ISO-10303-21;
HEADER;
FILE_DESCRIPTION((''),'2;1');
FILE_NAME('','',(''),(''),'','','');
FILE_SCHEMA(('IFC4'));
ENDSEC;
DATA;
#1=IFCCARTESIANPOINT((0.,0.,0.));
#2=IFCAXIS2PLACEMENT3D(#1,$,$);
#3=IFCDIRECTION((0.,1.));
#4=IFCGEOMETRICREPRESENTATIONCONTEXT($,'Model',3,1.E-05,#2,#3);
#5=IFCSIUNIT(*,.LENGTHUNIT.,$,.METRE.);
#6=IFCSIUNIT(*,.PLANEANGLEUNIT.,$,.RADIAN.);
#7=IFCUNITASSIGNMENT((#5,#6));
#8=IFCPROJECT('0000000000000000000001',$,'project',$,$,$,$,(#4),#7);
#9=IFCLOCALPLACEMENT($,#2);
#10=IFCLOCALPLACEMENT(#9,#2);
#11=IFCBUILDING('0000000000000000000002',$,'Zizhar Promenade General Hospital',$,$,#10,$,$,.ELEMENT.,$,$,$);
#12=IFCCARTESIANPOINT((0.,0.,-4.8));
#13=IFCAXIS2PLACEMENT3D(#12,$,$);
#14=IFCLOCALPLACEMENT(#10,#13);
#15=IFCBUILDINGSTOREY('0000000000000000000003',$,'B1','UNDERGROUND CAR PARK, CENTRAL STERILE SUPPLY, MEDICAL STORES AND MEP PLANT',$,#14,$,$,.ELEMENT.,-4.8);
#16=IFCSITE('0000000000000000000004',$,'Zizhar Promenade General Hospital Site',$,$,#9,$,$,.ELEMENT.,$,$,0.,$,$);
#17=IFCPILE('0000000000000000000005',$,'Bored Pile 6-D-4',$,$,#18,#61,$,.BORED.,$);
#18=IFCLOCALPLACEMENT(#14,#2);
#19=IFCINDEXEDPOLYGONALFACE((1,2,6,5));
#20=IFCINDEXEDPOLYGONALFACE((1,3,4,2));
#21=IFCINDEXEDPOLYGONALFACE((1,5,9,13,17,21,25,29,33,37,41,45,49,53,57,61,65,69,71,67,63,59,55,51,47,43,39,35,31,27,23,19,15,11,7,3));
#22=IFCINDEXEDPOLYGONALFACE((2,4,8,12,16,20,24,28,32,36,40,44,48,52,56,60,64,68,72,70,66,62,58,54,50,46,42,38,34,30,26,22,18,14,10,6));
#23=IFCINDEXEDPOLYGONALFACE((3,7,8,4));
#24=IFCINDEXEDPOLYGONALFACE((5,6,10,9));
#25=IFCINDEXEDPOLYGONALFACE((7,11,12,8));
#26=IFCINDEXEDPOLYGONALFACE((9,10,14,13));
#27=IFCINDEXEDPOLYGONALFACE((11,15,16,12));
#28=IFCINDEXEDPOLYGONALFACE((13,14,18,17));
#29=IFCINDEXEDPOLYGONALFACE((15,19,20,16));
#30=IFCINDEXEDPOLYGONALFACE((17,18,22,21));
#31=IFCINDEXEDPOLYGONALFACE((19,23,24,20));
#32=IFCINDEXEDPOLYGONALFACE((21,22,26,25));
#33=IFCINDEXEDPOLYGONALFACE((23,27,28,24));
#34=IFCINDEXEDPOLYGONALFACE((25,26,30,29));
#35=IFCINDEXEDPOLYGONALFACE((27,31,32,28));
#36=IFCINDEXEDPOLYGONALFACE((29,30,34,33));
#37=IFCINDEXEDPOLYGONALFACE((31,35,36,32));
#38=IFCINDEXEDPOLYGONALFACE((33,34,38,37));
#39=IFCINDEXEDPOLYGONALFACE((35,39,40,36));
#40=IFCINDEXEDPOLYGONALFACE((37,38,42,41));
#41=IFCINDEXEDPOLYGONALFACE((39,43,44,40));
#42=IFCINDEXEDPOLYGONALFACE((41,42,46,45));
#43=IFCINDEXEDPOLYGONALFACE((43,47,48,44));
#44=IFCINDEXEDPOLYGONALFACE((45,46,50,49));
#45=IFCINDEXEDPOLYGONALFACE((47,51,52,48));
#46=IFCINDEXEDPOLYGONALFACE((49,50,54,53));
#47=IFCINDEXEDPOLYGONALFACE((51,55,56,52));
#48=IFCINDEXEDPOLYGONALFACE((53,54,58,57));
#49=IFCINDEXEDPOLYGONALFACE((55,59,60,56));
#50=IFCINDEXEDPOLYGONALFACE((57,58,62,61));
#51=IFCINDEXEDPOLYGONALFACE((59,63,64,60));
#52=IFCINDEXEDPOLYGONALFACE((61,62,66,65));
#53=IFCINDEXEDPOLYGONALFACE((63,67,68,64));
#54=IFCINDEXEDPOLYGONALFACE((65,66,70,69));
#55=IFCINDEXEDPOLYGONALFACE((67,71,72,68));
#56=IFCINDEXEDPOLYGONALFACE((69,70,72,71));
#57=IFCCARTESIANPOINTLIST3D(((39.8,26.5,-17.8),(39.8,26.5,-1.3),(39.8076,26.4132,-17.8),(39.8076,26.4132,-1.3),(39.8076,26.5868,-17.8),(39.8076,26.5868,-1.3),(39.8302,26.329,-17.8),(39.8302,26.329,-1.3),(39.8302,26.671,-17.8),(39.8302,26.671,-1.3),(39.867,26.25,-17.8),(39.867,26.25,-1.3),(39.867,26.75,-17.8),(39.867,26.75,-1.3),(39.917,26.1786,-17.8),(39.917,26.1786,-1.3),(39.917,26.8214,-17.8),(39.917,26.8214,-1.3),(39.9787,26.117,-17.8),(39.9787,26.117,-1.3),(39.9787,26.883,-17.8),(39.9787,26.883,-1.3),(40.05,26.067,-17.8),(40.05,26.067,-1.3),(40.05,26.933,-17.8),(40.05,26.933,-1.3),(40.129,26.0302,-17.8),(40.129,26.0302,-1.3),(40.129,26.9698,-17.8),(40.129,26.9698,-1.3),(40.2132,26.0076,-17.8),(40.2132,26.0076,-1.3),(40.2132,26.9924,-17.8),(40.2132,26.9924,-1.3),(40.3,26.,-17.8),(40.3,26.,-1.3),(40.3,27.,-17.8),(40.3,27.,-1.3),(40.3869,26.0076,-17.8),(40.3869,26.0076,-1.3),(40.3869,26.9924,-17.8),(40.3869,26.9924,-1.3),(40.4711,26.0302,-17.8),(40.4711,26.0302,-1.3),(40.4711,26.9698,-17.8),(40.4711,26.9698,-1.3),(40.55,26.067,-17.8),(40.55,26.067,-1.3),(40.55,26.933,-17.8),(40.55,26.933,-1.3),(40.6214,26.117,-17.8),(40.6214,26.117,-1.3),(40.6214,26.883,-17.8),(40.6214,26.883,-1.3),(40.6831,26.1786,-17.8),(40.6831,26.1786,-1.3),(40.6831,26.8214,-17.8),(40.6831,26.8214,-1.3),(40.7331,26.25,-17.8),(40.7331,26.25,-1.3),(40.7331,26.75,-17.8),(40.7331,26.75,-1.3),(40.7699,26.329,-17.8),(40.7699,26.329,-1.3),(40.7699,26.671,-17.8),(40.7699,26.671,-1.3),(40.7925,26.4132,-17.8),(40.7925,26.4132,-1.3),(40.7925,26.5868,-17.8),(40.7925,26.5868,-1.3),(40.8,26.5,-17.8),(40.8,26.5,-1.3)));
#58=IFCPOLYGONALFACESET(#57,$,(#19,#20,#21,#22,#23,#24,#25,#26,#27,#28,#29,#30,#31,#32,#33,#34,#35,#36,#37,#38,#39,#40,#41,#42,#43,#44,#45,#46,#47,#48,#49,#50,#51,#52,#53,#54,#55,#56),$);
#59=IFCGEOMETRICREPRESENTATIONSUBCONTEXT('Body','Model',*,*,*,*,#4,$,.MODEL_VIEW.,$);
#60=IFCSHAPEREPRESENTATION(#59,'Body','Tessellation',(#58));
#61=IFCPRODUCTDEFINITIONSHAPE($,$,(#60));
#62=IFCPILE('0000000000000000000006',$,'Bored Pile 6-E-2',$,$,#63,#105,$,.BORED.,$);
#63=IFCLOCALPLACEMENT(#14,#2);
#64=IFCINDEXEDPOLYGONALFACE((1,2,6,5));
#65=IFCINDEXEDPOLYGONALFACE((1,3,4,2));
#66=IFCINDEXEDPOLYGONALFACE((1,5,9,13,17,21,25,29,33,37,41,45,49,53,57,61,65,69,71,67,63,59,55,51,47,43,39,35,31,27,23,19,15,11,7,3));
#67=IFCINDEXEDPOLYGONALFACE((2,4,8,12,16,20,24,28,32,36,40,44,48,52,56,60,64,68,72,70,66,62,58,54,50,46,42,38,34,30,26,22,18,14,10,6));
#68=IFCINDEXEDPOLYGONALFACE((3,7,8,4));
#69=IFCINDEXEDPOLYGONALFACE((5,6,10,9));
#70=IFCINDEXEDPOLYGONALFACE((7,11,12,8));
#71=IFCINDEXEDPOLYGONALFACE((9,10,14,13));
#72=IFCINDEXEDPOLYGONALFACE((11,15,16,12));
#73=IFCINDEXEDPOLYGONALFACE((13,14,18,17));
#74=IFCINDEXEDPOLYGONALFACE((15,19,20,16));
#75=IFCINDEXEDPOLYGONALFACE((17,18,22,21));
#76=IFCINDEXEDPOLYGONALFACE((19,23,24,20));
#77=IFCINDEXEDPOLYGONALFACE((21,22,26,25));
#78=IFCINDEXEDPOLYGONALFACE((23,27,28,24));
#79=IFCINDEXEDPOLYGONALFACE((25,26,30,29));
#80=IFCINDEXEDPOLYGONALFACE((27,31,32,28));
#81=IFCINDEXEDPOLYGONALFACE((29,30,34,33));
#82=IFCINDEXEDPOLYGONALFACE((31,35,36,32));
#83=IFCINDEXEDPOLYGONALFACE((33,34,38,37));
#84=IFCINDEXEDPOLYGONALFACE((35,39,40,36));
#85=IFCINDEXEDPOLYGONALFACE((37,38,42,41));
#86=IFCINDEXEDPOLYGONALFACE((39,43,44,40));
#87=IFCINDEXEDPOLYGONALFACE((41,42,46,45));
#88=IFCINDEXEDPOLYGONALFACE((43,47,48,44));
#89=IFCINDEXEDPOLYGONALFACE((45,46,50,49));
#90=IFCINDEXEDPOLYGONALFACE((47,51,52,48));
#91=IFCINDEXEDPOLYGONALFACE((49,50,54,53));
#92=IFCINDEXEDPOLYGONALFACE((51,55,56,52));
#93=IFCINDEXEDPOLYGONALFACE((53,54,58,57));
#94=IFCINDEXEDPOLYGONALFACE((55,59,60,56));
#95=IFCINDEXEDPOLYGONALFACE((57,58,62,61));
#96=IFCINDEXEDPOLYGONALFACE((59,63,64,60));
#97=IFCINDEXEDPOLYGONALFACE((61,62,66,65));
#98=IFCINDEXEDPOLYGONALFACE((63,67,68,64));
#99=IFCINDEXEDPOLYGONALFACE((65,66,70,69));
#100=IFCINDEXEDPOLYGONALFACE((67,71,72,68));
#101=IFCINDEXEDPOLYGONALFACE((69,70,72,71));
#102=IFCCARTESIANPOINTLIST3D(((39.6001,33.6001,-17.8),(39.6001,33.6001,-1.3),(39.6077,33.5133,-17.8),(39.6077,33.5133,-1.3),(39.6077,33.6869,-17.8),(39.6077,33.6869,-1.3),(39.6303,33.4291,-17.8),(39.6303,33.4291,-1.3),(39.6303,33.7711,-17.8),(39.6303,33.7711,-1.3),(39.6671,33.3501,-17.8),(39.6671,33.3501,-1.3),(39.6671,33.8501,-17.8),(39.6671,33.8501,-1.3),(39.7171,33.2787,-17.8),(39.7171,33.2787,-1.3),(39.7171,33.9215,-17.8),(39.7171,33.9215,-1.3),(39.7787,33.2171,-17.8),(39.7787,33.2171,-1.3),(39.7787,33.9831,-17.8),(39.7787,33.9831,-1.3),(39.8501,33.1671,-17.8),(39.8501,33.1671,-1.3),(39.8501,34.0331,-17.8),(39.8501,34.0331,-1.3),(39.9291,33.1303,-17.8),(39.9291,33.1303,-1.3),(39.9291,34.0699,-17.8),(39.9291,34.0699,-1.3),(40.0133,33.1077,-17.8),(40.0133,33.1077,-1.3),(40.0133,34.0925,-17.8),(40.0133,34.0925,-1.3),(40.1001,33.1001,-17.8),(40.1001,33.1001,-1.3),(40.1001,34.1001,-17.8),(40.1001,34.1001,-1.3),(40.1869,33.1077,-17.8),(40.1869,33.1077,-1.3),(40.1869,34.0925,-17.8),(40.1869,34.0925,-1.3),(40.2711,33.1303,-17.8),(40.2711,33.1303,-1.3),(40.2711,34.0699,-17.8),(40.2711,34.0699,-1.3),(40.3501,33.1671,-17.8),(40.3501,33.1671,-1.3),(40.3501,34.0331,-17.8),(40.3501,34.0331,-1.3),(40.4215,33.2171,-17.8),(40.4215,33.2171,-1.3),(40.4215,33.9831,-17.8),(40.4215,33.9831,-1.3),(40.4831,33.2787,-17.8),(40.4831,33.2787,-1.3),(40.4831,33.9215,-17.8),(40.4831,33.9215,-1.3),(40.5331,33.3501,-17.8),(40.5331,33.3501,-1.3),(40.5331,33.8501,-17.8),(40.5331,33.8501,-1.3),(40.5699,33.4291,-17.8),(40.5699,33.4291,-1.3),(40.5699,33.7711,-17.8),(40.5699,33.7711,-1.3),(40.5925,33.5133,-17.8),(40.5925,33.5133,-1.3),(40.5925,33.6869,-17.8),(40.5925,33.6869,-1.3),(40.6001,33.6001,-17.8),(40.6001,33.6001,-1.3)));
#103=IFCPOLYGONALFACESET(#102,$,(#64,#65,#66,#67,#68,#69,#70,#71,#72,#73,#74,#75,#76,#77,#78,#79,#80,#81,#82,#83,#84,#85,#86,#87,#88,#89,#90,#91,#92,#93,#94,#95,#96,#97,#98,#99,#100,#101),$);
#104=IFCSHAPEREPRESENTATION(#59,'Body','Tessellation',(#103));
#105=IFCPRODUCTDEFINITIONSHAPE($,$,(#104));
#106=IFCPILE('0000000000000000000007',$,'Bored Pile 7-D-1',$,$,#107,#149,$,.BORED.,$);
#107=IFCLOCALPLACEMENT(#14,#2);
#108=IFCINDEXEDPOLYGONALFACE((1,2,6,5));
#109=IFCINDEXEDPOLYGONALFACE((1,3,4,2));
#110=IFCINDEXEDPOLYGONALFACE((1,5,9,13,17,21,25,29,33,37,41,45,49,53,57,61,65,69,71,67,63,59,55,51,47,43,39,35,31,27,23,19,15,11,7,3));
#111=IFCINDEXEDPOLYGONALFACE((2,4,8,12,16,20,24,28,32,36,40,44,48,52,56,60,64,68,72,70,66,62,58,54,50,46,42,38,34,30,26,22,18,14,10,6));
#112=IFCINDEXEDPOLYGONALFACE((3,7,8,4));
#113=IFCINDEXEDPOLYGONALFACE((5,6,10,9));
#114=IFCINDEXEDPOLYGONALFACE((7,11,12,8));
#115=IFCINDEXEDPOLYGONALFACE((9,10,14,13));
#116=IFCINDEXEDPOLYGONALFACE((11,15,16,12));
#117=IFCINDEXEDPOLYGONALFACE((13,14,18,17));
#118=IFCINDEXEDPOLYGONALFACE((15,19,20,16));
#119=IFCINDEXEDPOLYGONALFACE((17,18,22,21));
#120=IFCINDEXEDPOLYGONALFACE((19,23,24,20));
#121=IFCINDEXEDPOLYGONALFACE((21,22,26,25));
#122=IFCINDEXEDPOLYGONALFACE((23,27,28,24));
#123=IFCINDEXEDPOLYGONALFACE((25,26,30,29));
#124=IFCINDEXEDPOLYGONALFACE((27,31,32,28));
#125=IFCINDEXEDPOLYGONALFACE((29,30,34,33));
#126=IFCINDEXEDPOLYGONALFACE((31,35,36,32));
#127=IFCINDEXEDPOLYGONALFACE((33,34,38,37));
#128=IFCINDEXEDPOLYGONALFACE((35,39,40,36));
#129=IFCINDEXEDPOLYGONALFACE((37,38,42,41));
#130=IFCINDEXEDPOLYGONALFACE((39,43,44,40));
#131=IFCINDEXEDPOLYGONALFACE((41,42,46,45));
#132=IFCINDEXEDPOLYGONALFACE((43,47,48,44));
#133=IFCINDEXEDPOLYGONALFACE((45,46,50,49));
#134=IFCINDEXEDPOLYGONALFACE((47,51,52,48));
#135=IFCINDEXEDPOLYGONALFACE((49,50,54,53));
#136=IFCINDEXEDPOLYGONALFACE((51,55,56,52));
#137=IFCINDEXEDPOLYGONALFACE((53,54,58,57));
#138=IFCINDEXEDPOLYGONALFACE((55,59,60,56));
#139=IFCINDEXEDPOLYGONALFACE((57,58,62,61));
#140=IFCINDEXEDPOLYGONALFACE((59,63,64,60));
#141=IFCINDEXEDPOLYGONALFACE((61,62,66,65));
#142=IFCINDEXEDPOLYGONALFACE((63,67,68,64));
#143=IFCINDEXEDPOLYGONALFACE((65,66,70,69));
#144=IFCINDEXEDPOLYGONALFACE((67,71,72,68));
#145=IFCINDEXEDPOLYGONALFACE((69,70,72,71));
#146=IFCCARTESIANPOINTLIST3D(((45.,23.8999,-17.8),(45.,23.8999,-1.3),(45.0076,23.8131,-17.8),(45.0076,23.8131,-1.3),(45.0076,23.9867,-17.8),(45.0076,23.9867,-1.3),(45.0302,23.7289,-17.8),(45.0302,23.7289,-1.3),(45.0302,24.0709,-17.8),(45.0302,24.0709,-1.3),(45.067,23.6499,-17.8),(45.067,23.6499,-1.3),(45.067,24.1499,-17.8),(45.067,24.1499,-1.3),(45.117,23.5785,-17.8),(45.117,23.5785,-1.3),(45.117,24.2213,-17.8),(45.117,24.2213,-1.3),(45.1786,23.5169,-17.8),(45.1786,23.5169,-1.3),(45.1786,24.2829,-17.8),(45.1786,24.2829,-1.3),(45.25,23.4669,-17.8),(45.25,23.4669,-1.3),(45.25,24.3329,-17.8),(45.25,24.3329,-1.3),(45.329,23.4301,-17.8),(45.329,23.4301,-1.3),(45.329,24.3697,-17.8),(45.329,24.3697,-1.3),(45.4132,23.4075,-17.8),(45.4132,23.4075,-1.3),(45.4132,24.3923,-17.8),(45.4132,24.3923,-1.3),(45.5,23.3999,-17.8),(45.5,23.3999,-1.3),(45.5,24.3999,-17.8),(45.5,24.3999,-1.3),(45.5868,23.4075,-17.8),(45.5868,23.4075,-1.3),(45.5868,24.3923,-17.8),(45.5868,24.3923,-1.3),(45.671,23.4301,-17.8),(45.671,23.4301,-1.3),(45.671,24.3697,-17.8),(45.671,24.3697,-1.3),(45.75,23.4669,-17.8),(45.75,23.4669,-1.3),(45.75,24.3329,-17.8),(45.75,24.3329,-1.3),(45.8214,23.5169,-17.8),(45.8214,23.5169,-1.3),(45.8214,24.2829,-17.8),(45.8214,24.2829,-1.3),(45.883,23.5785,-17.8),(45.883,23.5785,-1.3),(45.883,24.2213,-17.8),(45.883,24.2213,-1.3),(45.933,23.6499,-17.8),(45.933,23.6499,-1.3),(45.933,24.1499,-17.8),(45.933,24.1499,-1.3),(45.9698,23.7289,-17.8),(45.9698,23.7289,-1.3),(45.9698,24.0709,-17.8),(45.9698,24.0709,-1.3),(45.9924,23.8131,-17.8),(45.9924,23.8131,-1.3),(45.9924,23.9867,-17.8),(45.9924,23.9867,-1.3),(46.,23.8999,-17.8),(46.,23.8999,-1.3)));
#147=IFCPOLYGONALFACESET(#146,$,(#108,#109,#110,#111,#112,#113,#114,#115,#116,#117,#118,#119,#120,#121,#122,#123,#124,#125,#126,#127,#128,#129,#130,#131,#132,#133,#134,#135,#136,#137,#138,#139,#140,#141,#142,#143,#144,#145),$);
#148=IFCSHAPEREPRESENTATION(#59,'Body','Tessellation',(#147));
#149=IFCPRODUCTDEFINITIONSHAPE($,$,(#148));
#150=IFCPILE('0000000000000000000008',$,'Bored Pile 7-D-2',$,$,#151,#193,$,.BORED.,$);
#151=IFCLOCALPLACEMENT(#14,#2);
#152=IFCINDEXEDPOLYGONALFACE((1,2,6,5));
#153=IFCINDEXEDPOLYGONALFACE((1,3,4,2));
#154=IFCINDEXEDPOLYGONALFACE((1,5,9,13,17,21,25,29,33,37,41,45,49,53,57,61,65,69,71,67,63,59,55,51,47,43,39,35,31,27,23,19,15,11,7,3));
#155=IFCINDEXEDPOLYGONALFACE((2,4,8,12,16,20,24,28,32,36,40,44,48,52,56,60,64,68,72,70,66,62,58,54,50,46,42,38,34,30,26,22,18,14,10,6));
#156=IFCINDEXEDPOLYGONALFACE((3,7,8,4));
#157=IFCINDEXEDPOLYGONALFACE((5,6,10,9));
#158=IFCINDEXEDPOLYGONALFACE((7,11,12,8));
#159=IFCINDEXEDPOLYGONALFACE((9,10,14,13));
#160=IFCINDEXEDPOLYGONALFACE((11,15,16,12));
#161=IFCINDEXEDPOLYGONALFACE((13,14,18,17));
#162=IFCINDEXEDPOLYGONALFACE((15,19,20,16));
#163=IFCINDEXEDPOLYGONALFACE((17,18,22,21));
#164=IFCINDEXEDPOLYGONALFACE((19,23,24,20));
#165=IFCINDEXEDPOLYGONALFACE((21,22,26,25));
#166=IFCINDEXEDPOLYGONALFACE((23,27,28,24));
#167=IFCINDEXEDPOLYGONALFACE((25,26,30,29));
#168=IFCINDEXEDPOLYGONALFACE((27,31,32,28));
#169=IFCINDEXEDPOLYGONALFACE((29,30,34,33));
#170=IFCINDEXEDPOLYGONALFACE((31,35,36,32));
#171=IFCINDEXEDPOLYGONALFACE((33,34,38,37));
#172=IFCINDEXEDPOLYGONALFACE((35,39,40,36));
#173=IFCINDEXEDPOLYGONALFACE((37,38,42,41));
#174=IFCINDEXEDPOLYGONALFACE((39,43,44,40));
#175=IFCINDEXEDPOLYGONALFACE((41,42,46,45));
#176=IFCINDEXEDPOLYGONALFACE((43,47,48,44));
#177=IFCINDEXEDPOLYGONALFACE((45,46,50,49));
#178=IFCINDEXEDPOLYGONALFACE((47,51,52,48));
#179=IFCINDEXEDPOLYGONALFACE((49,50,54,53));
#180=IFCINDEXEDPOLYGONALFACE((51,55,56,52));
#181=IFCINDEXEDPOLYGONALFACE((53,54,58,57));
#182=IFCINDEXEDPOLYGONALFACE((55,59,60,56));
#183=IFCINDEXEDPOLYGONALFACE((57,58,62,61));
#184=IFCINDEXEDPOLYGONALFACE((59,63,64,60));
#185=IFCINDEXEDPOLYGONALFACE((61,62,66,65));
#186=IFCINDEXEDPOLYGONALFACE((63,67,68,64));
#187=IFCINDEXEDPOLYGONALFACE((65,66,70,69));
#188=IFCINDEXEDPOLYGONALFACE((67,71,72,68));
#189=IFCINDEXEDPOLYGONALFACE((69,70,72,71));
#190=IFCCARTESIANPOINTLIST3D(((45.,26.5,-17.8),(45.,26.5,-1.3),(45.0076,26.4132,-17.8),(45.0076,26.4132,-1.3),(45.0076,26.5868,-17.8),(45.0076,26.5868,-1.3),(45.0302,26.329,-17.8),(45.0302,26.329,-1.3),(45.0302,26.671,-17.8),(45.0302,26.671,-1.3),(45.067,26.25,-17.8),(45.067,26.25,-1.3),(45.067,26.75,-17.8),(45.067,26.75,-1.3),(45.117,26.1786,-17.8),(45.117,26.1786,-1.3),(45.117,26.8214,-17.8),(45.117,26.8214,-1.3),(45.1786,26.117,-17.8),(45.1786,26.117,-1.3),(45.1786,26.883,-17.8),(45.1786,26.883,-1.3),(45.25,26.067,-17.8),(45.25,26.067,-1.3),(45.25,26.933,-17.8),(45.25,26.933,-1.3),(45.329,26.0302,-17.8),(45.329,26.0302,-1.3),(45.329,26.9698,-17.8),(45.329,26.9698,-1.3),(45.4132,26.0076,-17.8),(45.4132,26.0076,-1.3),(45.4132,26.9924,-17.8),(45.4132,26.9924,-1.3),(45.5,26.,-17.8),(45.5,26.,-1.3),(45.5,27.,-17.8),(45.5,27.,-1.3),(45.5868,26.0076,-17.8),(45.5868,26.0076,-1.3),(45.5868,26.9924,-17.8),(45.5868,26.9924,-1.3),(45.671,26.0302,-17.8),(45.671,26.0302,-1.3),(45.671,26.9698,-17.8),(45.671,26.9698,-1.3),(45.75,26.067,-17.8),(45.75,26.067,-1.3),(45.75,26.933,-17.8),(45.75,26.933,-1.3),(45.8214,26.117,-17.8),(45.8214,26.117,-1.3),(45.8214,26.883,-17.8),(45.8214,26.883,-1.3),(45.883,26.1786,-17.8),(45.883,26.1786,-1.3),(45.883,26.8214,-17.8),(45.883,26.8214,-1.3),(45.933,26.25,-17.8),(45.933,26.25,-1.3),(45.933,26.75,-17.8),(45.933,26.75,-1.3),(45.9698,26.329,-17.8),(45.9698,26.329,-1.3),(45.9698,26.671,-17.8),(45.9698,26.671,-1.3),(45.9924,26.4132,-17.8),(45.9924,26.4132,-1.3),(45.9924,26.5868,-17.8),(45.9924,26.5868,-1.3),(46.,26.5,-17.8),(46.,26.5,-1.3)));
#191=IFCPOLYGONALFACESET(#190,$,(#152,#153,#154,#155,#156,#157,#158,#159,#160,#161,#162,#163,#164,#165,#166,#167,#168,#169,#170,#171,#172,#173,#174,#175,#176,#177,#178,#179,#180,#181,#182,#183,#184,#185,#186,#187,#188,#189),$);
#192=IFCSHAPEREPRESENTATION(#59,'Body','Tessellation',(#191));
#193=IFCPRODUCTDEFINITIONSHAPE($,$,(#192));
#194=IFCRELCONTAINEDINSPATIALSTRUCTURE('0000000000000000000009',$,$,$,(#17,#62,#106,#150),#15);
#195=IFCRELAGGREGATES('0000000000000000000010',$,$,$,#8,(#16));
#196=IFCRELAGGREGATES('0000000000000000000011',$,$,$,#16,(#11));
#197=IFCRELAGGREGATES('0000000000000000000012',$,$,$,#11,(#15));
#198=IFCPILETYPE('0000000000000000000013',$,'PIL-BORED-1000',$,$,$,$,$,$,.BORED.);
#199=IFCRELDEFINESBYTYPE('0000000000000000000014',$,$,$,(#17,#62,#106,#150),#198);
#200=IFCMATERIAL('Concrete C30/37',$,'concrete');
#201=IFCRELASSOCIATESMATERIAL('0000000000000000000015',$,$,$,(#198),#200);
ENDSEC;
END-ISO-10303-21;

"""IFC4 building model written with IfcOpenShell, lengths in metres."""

from ifc_helpers import new_model, si_unit, direction, frame, origin, origin_2d, place, context, subcontext, project, spatial, circle, extrude, material, material_profile, profile_set, type_object, element, save


model = new_model("IFC4")

# Units and contexts
model_context = context("Model", 3, precision=1e-05, world=origin(), true_north=direction((0.0, 1.0)))
body_context = subcontext(model_context, "Body", "Model", "MODEL_VIEW")
ifc_project = project(units=[si_unit("LENGTHUNIT", "METRE"), si_unit("PLANEANGLEUNIT", "RADIAN")], contexts=[model_context])

# Site, building, storey
site_placement = place(None, origin())
site = spatial("IfcSite", under=ifc_project, at=site_placement, Name="Zizhar Promenade General Hospital Site", CompositionType="ELEMENT", RefElevation=0.0)
building_placement = place(site_placement, origin())
building = spatial("IfcBuilding", under=site, at=building_placement, Name="Zizhar Promenade General Hospital", CompositionType="ELEMENT")
storey_placement = place(building_placement, frame((0.0, 0.0, -4.8)))
storey = spatial("IfcBuildingStorey", under=building, at=storey_placement, Name="B1", Description="UNDERGROUND CAR PARK, CENTRAL STERILE SUPPLY, MEDICAL STORES AND MEP PLANT", CompositionType="ELEMENT", Elevation=-4.8)

# Piles
ifc_material_1 = material(Name="Concrete C30/37", Category="concrete")
ifc_material_profile_1 = material_profile(ifc_material_1, circle(Radius=0.5, at=origin_2d()))
ifc_profile_set_1 = profile_set([ifc_material_profile_1], Name="Concrete C30/37")
pile_type = type_object("IfcPileType", Name="PIL-BORED-1000", PredefinedType="BORED", material=ifc_profile_set_1)
for number, where, z_axis, x_axis, name in (
    (1, (40.3, 26.5, -1.3), (0.0, 0.0, -1.0), (1.0, 0.0, 0.0), "Bored Pile 6-D-4"),
    (2, (40.1001, 33.6001, -1.3), (0.0, 0.0, -1.0), (1.0, 0.0, 0.0), "Bored Pile 6-E-2"),
    (3, (45.5, 23.8999, -1.3), (0.0, 0.0, -1.0), (1.0, 0.0, 0.0), "Bored Pile 7-D-1"),
    (4, (45.5, 26.5, -1.3), (0.0, 0.0, -1.0), (1.0, 0.0, 0.0), "Bored Pile 7-D-2"),
):
    element("IfcPile", number, at=place(storey_placement, frame(where, z_axis=z_axis, x_axis=x_axis)), inside=storey, type_object=pile_type, Name=name, PredefinedType="BORED", context=body_context, shape_type="SweptSolid", body=[
        extrude(circle(Radius=0.5, at=origin_2d()), origin(), (0.0, 0.0, 1.0), 16.5),
    ])

save(model, "model.ifc")
